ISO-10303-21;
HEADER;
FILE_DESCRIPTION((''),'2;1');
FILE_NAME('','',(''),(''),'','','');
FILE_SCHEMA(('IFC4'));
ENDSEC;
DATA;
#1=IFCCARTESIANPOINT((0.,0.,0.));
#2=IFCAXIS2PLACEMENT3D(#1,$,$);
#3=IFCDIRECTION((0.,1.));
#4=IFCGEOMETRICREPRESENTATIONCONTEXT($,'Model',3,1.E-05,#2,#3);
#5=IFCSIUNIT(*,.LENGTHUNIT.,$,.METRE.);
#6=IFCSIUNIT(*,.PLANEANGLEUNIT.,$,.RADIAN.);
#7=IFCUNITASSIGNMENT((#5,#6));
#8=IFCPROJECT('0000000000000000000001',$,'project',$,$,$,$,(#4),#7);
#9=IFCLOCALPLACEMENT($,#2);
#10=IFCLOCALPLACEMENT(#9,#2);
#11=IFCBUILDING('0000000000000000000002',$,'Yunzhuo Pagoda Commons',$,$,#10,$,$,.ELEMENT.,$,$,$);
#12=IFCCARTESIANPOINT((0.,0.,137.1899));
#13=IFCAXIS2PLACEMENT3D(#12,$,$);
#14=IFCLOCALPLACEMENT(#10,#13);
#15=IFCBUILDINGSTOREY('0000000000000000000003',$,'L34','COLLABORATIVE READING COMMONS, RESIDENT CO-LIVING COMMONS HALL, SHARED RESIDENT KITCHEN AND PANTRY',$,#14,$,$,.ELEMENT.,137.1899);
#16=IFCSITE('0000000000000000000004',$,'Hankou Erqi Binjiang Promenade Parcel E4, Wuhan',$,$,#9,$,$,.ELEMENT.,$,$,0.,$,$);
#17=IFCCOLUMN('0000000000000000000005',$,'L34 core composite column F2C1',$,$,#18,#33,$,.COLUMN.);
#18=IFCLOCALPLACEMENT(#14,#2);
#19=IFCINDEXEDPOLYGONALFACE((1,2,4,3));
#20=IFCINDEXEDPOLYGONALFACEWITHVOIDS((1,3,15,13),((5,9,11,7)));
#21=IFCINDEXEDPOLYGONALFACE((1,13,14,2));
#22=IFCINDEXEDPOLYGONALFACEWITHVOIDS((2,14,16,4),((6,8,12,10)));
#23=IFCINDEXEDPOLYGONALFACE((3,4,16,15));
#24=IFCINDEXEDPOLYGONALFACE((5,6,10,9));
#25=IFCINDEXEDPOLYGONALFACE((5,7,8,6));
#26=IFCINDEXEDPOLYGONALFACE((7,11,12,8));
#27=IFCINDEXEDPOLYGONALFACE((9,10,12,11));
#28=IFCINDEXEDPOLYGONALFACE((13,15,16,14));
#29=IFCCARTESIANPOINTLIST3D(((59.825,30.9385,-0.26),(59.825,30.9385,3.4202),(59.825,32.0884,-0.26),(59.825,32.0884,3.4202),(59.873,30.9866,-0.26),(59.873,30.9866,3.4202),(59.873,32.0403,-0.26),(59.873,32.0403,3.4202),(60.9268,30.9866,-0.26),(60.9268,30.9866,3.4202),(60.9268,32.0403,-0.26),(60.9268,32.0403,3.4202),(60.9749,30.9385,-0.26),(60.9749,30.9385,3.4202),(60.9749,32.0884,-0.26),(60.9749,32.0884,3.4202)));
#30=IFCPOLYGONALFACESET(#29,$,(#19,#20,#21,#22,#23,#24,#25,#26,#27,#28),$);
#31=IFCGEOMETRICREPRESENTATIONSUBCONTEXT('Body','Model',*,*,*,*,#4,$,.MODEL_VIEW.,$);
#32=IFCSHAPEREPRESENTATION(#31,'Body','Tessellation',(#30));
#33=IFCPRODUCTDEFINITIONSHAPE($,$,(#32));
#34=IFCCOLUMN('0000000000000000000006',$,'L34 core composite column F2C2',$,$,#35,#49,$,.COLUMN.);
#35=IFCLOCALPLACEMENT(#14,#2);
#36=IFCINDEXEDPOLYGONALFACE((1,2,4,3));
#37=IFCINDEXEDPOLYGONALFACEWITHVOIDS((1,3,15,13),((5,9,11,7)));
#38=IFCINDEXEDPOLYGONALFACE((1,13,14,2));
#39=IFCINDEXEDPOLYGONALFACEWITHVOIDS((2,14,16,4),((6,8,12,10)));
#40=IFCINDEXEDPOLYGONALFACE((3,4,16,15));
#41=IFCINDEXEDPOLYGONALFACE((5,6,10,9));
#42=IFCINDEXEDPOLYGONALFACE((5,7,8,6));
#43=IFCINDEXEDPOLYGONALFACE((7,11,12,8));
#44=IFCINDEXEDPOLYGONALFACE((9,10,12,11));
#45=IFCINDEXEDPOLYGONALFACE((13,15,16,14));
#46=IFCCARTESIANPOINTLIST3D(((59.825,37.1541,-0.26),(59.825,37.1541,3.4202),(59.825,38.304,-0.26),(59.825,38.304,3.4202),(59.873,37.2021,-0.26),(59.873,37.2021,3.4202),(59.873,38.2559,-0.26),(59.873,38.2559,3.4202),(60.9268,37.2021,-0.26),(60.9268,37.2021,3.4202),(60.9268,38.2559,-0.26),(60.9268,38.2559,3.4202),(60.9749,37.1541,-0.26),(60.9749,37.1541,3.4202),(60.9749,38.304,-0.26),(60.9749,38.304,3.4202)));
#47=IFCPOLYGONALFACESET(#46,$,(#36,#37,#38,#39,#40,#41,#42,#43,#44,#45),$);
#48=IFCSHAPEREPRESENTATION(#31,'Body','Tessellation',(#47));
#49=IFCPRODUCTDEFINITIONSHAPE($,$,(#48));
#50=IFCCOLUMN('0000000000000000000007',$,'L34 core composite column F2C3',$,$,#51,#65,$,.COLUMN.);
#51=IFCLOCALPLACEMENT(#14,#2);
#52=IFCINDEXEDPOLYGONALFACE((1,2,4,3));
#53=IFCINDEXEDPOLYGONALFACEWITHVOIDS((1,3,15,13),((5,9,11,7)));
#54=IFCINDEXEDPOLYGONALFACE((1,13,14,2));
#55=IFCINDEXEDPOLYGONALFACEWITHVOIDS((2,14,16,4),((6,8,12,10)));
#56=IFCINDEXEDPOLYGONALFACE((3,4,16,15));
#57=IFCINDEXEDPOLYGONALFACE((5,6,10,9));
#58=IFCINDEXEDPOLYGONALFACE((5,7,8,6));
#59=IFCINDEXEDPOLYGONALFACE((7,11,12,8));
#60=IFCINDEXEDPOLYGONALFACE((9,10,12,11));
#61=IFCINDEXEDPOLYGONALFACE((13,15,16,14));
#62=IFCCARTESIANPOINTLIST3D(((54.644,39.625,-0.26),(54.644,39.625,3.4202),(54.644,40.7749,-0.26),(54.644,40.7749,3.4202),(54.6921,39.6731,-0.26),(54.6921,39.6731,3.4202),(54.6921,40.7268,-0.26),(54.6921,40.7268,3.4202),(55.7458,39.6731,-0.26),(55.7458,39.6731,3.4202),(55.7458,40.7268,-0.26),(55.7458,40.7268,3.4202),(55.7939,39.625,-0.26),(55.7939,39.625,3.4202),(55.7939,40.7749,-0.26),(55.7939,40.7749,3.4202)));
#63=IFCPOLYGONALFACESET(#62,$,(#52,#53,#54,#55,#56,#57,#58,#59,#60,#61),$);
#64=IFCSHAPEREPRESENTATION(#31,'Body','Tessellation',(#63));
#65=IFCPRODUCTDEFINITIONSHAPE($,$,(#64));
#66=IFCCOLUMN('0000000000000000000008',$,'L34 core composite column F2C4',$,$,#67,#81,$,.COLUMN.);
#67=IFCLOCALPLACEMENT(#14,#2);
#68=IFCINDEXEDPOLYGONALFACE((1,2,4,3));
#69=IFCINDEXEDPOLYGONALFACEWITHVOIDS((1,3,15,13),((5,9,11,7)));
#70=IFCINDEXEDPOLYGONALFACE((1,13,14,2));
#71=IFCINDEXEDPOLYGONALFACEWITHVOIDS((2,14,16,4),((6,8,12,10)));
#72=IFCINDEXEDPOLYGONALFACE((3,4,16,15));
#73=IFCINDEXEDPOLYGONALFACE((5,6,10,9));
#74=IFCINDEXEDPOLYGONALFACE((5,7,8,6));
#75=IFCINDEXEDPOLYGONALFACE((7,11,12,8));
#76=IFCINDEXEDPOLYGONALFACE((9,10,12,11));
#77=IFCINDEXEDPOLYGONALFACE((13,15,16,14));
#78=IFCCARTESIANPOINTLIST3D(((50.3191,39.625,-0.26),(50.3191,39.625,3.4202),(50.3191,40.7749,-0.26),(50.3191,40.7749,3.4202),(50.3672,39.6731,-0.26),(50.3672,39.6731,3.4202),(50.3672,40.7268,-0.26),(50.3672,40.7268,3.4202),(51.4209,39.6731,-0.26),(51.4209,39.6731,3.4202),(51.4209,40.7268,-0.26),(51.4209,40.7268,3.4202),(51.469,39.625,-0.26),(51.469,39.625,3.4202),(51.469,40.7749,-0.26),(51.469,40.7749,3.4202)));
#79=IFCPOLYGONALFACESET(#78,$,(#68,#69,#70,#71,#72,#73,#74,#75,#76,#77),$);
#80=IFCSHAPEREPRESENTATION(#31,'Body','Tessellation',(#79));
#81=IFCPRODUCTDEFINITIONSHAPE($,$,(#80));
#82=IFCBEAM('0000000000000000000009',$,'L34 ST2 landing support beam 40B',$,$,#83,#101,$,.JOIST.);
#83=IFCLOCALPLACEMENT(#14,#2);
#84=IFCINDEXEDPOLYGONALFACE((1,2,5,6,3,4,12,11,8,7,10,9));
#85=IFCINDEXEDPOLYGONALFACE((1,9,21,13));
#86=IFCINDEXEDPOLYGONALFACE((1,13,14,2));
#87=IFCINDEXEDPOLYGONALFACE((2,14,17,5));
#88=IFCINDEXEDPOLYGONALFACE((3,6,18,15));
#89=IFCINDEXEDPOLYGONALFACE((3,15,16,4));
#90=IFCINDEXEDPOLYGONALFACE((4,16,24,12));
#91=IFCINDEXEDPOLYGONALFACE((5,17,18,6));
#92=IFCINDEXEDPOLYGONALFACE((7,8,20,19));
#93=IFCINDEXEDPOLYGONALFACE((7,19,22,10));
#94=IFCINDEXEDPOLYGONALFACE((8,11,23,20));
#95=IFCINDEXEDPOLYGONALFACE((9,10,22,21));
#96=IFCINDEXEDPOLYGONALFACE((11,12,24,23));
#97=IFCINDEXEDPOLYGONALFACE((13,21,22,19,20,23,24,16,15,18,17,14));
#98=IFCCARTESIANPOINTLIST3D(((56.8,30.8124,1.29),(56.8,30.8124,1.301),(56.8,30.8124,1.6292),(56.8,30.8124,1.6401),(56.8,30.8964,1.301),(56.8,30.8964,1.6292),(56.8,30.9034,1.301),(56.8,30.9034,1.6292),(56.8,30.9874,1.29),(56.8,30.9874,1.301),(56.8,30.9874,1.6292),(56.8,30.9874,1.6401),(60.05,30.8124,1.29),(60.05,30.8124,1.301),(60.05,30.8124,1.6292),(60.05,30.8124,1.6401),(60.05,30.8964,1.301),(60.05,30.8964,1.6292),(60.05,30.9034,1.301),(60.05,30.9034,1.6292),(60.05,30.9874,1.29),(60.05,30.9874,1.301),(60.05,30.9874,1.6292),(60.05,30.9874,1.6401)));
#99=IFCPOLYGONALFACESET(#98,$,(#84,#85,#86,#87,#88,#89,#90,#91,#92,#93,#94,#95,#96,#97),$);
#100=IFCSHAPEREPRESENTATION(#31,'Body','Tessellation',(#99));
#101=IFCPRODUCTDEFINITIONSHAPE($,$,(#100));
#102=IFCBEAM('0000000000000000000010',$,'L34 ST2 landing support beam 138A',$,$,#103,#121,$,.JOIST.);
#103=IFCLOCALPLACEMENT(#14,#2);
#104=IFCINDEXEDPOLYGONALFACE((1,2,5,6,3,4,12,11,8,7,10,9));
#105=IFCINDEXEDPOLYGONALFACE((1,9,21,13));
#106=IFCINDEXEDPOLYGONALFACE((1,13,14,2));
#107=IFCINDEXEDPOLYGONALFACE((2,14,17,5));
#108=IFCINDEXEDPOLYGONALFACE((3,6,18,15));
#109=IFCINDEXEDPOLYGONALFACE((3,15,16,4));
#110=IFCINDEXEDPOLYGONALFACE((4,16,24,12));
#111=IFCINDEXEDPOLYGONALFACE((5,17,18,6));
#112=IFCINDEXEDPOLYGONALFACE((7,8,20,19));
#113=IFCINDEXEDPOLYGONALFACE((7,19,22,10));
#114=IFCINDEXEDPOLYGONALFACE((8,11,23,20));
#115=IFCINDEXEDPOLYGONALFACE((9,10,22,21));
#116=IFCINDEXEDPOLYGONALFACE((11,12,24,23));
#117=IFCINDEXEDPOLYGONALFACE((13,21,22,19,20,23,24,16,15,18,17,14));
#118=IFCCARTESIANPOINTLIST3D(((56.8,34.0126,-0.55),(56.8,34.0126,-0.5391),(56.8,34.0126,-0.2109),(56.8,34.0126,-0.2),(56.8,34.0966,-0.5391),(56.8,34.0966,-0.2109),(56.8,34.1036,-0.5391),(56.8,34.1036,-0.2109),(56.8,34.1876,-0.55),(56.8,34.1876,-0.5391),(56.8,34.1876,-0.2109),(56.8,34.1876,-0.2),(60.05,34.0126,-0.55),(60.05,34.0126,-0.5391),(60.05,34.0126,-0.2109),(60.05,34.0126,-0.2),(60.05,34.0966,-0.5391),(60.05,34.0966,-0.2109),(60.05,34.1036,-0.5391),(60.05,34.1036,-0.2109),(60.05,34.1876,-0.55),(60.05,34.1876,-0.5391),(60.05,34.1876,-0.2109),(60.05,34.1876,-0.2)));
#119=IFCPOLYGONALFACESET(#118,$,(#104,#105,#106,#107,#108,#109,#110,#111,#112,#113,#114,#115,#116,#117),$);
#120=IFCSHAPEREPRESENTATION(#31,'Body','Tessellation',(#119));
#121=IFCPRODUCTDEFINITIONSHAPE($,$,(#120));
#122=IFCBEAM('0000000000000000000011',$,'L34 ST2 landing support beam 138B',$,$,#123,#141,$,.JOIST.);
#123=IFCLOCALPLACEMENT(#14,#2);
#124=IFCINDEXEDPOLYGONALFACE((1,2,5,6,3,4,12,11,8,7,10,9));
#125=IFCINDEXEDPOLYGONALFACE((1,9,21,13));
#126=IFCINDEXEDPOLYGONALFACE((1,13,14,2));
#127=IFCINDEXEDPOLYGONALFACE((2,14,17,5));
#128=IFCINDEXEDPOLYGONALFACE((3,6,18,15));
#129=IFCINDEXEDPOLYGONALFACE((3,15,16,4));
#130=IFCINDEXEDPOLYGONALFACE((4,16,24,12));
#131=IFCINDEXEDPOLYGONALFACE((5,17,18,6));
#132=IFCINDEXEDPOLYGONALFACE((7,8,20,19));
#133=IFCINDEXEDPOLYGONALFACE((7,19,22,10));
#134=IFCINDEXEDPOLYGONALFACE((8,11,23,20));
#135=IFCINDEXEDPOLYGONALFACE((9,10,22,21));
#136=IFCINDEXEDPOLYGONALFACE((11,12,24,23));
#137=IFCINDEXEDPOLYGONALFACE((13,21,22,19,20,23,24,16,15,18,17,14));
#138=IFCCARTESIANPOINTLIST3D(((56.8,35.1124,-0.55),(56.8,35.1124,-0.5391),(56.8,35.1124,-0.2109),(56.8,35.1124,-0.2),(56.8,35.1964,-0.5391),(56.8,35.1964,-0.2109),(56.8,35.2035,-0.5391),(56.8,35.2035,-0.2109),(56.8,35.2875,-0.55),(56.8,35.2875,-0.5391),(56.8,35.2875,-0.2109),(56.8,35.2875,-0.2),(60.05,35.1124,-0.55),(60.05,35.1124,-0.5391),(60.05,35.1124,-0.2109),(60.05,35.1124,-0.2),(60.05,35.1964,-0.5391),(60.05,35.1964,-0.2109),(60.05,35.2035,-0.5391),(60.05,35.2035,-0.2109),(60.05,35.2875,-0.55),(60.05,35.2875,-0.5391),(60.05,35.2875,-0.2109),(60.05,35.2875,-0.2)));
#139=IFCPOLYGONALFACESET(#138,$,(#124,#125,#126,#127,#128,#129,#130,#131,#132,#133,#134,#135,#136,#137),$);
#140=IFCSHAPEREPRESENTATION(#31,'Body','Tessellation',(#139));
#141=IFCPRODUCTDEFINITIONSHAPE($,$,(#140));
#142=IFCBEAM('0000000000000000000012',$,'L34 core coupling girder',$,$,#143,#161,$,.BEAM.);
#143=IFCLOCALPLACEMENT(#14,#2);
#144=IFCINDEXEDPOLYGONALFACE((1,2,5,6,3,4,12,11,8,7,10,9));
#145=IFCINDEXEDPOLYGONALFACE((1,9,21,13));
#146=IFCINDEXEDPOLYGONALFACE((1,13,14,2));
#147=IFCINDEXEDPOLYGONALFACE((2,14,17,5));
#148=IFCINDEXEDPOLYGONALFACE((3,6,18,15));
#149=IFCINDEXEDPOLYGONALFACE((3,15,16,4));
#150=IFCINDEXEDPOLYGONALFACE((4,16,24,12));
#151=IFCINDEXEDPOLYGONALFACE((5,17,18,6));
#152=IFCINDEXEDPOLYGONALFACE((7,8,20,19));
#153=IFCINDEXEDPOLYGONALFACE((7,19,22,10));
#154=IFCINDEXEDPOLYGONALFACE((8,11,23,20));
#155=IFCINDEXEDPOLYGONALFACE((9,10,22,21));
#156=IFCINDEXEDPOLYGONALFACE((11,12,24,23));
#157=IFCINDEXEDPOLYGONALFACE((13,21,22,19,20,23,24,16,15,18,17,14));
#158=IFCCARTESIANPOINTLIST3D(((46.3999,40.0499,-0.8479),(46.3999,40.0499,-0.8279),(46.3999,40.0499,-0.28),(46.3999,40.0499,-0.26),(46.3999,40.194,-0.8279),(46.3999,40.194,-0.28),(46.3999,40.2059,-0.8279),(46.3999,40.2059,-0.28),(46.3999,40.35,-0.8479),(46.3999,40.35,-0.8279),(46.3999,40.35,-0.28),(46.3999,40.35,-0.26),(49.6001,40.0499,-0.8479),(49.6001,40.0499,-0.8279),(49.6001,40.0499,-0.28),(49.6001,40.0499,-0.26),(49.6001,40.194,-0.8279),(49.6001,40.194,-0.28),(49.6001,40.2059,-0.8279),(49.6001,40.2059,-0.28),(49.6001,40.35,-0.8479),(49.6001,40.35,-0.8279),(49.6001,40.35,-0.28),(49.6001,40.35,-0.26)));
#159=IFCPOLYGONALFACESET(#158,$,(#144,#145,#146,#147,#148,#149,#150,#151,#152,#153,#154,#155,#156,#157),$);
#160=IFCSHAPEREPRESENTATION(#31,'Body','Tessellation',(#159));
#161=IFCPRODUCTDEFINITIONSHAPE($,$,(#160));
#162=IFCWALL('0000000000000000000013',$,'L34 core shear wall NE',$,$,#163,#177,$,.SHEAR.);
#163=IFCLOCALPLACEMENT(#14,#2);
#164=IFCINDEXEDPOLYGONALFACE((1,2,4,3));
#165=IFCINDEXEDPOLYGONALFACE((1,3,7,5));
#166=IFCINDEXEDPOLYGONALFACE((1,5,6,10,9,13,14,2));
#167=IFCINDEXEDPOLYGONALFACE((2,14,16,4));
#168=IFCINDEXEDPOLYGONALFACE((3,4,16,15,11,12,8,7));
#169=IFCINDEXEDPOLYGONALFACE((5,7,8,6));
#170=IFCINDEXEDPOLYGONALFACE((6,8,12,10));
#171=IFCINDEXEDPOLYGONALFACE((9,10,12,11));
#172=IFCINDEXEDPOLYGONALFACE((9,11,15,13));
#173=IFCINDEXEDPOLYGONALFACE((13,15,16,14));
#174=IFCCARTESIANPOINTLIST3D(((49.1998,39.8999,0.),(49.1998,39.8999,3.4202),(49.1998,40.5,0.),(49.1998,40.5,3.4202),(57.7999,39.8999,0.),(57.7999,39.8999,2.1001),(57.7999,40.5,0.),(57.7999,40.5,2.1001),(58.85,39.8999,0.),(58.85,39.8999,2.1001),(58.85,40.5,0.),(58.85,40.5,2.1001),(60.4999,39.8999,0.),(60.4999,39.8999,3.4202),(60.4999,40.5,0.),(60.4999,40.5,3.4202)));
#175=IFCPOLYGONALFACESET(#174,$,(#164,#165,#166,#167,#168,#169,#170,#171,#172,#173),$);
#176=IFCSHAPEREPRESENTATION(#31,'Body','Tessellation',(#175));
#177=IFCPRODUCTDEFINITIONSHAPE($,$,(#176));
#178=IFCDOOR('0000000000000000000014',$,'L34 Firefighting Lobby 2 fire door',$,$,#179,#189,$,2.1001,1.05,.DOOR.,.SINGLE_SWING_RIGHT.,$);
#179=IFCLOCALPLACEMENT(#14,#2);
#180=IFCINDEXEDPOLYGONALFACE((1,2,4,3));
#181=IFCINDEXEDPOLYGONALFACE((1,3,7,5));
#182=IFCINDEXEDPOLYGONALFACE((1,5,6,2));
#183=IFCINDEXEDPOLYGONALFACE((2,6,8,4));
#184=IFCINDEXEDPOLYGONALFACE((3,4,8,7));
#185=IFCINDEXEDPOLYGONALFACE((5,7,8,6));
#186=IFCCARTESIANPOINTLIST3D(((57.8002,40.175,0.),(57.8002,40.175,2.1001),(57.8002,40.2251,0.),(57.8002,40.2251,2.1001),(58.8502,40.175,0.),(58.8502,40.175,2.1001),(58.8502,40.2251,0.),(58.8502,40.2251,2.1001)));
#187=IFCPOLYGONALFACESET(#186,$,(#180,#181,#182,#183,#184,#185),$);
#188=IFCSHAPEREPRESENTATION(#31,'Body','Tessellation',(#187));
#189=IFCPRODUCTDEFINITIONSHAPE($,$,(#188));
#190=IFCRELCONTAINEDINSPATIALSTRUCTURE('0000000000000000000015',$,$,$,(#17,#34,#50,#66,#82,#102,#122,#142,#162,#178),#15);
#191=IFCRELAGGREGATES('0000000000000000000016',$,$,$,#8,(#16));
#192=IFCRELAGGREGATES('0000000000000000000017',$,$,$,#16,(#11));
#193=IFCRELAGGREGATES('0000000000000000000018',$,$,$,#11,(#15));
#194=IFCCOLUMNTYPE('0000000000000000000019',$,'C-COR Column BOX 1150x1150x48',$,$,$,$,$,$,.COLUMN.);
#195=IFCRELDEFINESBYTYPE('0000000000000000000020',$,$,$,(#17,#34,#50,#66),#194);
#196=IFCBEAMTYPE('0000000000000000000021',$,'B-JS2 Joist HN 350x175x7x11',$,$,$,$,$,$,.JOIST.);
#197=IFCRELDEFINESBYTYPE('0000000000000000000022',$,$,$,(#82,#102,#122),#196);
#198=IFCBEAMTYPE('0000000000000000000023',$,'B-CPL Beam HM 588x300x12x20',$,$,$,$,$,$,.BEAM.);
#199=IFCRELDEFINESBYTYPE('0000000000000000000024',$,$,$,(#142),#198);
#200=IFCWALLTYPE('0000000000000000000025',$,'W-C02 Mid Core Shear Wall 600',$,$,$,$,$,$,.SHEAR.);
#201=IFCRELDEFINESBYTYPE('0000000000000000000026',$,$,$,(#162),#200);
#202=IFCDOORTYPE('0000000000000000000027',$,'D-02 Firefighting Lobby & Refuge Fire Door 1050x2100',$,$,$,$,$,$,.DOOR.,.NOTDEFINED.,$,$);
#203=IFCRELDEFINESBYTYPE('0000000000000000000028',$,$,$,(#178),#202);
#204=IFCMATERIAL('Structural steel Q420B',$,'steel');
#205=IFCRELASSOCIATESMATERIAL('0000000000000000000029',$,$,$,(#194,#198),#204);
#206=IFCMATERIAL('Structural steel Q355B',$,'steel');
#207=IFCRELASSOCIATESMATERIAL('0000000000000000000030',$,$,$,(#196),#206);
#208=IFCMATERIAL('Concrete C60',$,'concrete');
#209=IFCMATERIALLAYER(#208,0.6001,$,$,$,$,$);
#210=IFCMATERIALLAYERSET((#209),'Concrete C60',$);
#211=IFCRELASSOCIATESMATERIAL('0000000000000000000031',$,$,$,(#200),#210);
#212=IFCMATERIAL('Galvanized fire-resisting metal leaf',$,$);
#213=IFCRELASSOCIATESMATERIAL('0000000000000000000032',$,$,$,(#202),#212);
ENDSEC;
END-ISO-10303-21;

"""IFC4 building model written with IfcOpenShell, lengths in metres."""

from ifc_helpers import new_model, si_unit, direction, frame, frame_2d, origin, origin_2d, place, context, subcontext, project, spatial, rectangle, hollow_rectangle, i_section, extrude, source, transform, mapped, material, layer, layer_set, material_profile, profile_set, type_object, element, fill, save


model = new_model("IFC4")

# Units and contexts
model_context = context("Model", 3, precision=1e-05, world=origin(), true_north=direction((0.0, 1.0)))
body_context = subcontext(model_context, "Body", "Model", "MODEL_VIEW")
ifc_project = project(units=[si_unit("LENGTHUNIT", "METRE"), si_unit("PLANEANGLEUNIT", "RADIAN")], contexts=[model_context])

# Site, building, storey
site_placement = place(None, origin())
site = spatial("IfcSite", under=ifc_project, at=site_placement, Name="Hankou Erqi Binjiang Promenade Parcel E4, Wuhan", CompositionType="ELEMENT", RefElevation=0.0)
building_placement = place(site_placement, origin())
building = spatial("IfcBuilding", under=site, at=building_placement, Name="Yunzhuo Pagoda Commons", CompositionType="ELEMENT")
storey_placement = place(building_placement, frame((0.0, 0.0, 137.1899)))
storey = spatial("IfcBuildingStorey", under=building, at=storey_placement, Name="L34", Description="COLLABORATIVE READING COMMONS, RESIDENT CO-LIVING COMMONS HALL, SHARED RESIDENT KITCHEN AND PANTRY", CompositionType="ELEMENT", Elevation=137.1899)

# Columns
ifc_material_1 = material(Name="Structural steel Q420B", Category="steel")
ifc_material_profile_1 = material_profile(ifc_material_1, hollow_rectangle(XDim=1.1499, YDim=1.1499, WallThickness=0.0481, at=origin_2d()), Name="Structural steel Q420B")
ifc_profile_set_1 = profile_set([ifc_material_profile_1], Name="Structural steel Q420B")
column_type = type_object("IfcColumnType", Name="C-COR Column BOX 1150x1150x48", PredefinedType="COLUMN", material=ifc_profile_set_1)
shared_shape_1 = source(origin(), body_context, "Body", "SweptSolid", [
    extrude(hollow_rectangle(XDim=1.1499, YDim=1.1499, WallThickness=0.0481, at=origin_2d()), origin(), (0.0, 0.0, 1.0), 3.6802),
])
for number, where, z_axis, x_axis, name in (
    (1, (60.3999, 31.5134, -0.26), (0.0, 0.0, 1.0), (1.0, 0.0, 0.0), "L34 core composite column F2C1"),
    (2, (60.3999, 37.729, -0.26), (0.0, 0.0, 1.0), (1.0, 0.0, 0.0), "L34 core composite column F2C2"),
    (3, (55.219, 40.2, -0.26), (0.0, 0.0, 1.0), (1.0, 0.0, 0.0), "L34 core composite column F2C3"),
    (4, (50.894, 40.2, -0.26), (0.0, 0.0, 1.0), (1.0, 0.0, 0.0), "L34 core composite column F2C4"),
):
    element("IfcColumn", number, at=place(storey_placement, frame(where, z_axis=z_axis, x_axis=x_axis)), inside=storey, type_object=column_type, Name=name, PredefinedType="COLUMN", context=body_context, shape_type="MappedRepresentation", body=[
        mapped(shared_shape_1, transform((0.0, 0.0, 0.0), scale=1.0)),
    ])

# Beams
ifc_material_2 = material(Name="Structural steel Q355B", Category="steel")
ifc_material_profile_2 = material_profile(ifc_material_2, i_section(OverallWidth=0.175, OverallDepth=0.3501, WebThickness=0.0071, FlangeThickness=0.011, at=origin_2d()), Name="Structural steel Q355B")
ifc_profile_set_2 = profile_set([ifc_material_profile_2], Name="Structural steel Q355B")
beam_type_1 = type_object("IfcBeamType", Name="B-JS2 Joist HN 350x175x7x11", PredefinedType="JOIST", material=ifc_profile_set_2)
shared_shape_2 = source(origin(), body_context, "Body", "SweptSolid", [
    extrude(i_section(OverallWidth=0.175, OverallDepth=0.3501, WebThickness=0.0071, FlangeThickness=0.011, at=origin_2d()), origin(), (0.0, 0.0, 1.0), 3.25),
])
for number, where, z_axis, x_axis, name in (
    (5, (56.8, 30.8999, 1.4651), (1.0, 0.0, 0.0), (0.0, 1.0, 0.0), "L34 ST2 landing support beam 40B"),
    (6, (56.8, 34.1001, -0.375), (1.0, 0.0, 0.0), (0.0, 1.0, 0.0), "L34 ST2 landing support beam 138A"),
    (7, (56.8, 35.2, -0.375), (1.0, 0.0, 0.0), (0.0, 1.0, 0.0), "L34 ST2 landing support beam 138B"),
):
    element("IfcBeam", number, at=place(storey_placement, frame(where, z_axis=z_axis, x_axis=x_axis)), inside=storey, type_object=beam_type_1, Name=name, PredefinedType="JOIST", context=body_context, shape_type="MappedRepresentation", body=[
        mapped(shared_shape_2, transform((0.0, 0.0, 0.0), scale=1.0)),
    ])
ifc_material_profile_3 = material_profile(ifc_material_1, i_section(OverallWidth=0.3, OverallDepth=0.5879, WebThickness=0.012, FlangeThickness=0.02, at=origin_2d()), Name="Structural steel Q420B")
ifc_profile_set_3 = profile_set([ifc_material_profile_3], Name="Structural steel Q420B")
beam_type_2 = type_object("IfcBeamType", Name="B-CPL Beam HM 588x300x12x20", PredefinedType="BEAM", material=ifc_profile_set_3)
shared_shape_3 = source(origin(), body_context, "Body", "SweptSolid", [
    extrude(i_section(OverallWidth=0.3, OverallDepth=0.5879, WebThickness=0.012, FlangeThickness=0.02, at=origin_2d()), origin(), (0.0, 0.0, 1.0), 3.2002),
])
beam_placement = place(storey_placement, frame((46.3999, 40.2, -0.554), z_axis=(1.0, 0.0, 0.0), x_axis=(0.0, 1.0, 0.0)))
element("IfcBeam", 8, at=beam_placement, inside=storey, type_object=beam_type_2, Name="L34 core coupling girder", PredefinedType="BEAM", context=body_context, shape_type="MappedRepresentation", body=[
    mapped(shared_shape_3, transform((0.0, 0.0, 0.0), scale=1.0)),
])

# Wall, opening, door
ifc_material_3 = material(Name="Concrete C60", Category="concrete")
ifc_layer_1 = layer(ifc_material_3, 0.6001)
ifc_layer_set_1 = layer_set([ifc_layer_1], Name="Concrete C60")
wall_type_1 = type_object("IfcWallType", Name="W-C02 Mid Core Shear Wall 600", PredefinedType="SHEAR", material=ifc_layer_set_1)
wall_1_placement = place(storey_placement, frame((49.2, 40.2, 0.0), z_axis=(0.0, 0.0, 1.0), x_axis=(1.0, 0.0, 0.0)))
wall_1 = element("IfcWall", 9, at=wall_1_placement, inside=storey, type_object=wall_type_1, Name="L34 core shear wall NE", PredefinedType="SHEAR", context=body_context, shape_type="SweptSolid", body=[
    extrude(rectangle(XDim=11.3, YDim=0.6001, at=frame_2d((5.6499, 0.0))), origin(), (0.0, 0.0, 1.0), 3.4202),
])
opening_1_placement = place(wall_1_placement, frame((8.6001, 0.0, 0.0)))
opening_1 = element("IfcOpeningElement", 10, at=opening_1_placement, cuts=wall_1, PredefinedType="OPENING", context=body_context, shape_type="SweptSolid", body=[
    extrude(rectangle(XDim=1.05, YDim=2.1001, at=frame_2d((0.5249, 1.05))), frame((0.0, 0.3101, 0.0), z_axis=(0.0, -1.0, 0.0), x_axis=(1.0, 0.0, 0.0)), (0.0, 0.0, 1.0), 0.6201),
])
ifc_material_4 = material(Name="Galvanized fire-resisting metal leaf")
door_type_1 = type_object("IfcDoorType", Name="D-02 Firefighting Lobby & Refuge Fire Door 1050x2100", OperationType="NOTDEFINED", PredefinedType="DOOR", material=ifc_material_4)
shared_shape_4 = source(origin(), body_context, "Body", "SweptSolid", [
    extrude(rectangle(XDim=1.05, YDim=2.1001, at=frame_2d((0.5249, 1.05))), frame((0.0, 0.0249, 0.0), z_axis=(0.0, -1.0, 0.0), x_axis=(1.0, 0.0, 0.0)), (0.0, 0.0, 1.0), 0.05),
])
door_1_placement = place(opening_1_placement, frame((1.05, 0.0, 0.0), z_axis=(0.0, 0.0, 1.0), x_axis=(-1.0, 0.0, 0.0)))
door_1 = element("IfcDoor", 11, at=door_1_placement, inside=storey, type_object=door_type_1, Name="L34 Firefighting Lobby 2 fire door", OperationType="SINGLE_SWING_RIGHT", OverallHeight=2.1001, OverallWidth=1.05, PredefinedType="DOOR", context=body_context, shape_type="MappedRepresentation", body=[
    mapped(shared_shape_4, transform((0.0, 0.0, 0.0), scale=1.0)),
])
fill(opening_1, door_1)

save(model, "model.ifc")
